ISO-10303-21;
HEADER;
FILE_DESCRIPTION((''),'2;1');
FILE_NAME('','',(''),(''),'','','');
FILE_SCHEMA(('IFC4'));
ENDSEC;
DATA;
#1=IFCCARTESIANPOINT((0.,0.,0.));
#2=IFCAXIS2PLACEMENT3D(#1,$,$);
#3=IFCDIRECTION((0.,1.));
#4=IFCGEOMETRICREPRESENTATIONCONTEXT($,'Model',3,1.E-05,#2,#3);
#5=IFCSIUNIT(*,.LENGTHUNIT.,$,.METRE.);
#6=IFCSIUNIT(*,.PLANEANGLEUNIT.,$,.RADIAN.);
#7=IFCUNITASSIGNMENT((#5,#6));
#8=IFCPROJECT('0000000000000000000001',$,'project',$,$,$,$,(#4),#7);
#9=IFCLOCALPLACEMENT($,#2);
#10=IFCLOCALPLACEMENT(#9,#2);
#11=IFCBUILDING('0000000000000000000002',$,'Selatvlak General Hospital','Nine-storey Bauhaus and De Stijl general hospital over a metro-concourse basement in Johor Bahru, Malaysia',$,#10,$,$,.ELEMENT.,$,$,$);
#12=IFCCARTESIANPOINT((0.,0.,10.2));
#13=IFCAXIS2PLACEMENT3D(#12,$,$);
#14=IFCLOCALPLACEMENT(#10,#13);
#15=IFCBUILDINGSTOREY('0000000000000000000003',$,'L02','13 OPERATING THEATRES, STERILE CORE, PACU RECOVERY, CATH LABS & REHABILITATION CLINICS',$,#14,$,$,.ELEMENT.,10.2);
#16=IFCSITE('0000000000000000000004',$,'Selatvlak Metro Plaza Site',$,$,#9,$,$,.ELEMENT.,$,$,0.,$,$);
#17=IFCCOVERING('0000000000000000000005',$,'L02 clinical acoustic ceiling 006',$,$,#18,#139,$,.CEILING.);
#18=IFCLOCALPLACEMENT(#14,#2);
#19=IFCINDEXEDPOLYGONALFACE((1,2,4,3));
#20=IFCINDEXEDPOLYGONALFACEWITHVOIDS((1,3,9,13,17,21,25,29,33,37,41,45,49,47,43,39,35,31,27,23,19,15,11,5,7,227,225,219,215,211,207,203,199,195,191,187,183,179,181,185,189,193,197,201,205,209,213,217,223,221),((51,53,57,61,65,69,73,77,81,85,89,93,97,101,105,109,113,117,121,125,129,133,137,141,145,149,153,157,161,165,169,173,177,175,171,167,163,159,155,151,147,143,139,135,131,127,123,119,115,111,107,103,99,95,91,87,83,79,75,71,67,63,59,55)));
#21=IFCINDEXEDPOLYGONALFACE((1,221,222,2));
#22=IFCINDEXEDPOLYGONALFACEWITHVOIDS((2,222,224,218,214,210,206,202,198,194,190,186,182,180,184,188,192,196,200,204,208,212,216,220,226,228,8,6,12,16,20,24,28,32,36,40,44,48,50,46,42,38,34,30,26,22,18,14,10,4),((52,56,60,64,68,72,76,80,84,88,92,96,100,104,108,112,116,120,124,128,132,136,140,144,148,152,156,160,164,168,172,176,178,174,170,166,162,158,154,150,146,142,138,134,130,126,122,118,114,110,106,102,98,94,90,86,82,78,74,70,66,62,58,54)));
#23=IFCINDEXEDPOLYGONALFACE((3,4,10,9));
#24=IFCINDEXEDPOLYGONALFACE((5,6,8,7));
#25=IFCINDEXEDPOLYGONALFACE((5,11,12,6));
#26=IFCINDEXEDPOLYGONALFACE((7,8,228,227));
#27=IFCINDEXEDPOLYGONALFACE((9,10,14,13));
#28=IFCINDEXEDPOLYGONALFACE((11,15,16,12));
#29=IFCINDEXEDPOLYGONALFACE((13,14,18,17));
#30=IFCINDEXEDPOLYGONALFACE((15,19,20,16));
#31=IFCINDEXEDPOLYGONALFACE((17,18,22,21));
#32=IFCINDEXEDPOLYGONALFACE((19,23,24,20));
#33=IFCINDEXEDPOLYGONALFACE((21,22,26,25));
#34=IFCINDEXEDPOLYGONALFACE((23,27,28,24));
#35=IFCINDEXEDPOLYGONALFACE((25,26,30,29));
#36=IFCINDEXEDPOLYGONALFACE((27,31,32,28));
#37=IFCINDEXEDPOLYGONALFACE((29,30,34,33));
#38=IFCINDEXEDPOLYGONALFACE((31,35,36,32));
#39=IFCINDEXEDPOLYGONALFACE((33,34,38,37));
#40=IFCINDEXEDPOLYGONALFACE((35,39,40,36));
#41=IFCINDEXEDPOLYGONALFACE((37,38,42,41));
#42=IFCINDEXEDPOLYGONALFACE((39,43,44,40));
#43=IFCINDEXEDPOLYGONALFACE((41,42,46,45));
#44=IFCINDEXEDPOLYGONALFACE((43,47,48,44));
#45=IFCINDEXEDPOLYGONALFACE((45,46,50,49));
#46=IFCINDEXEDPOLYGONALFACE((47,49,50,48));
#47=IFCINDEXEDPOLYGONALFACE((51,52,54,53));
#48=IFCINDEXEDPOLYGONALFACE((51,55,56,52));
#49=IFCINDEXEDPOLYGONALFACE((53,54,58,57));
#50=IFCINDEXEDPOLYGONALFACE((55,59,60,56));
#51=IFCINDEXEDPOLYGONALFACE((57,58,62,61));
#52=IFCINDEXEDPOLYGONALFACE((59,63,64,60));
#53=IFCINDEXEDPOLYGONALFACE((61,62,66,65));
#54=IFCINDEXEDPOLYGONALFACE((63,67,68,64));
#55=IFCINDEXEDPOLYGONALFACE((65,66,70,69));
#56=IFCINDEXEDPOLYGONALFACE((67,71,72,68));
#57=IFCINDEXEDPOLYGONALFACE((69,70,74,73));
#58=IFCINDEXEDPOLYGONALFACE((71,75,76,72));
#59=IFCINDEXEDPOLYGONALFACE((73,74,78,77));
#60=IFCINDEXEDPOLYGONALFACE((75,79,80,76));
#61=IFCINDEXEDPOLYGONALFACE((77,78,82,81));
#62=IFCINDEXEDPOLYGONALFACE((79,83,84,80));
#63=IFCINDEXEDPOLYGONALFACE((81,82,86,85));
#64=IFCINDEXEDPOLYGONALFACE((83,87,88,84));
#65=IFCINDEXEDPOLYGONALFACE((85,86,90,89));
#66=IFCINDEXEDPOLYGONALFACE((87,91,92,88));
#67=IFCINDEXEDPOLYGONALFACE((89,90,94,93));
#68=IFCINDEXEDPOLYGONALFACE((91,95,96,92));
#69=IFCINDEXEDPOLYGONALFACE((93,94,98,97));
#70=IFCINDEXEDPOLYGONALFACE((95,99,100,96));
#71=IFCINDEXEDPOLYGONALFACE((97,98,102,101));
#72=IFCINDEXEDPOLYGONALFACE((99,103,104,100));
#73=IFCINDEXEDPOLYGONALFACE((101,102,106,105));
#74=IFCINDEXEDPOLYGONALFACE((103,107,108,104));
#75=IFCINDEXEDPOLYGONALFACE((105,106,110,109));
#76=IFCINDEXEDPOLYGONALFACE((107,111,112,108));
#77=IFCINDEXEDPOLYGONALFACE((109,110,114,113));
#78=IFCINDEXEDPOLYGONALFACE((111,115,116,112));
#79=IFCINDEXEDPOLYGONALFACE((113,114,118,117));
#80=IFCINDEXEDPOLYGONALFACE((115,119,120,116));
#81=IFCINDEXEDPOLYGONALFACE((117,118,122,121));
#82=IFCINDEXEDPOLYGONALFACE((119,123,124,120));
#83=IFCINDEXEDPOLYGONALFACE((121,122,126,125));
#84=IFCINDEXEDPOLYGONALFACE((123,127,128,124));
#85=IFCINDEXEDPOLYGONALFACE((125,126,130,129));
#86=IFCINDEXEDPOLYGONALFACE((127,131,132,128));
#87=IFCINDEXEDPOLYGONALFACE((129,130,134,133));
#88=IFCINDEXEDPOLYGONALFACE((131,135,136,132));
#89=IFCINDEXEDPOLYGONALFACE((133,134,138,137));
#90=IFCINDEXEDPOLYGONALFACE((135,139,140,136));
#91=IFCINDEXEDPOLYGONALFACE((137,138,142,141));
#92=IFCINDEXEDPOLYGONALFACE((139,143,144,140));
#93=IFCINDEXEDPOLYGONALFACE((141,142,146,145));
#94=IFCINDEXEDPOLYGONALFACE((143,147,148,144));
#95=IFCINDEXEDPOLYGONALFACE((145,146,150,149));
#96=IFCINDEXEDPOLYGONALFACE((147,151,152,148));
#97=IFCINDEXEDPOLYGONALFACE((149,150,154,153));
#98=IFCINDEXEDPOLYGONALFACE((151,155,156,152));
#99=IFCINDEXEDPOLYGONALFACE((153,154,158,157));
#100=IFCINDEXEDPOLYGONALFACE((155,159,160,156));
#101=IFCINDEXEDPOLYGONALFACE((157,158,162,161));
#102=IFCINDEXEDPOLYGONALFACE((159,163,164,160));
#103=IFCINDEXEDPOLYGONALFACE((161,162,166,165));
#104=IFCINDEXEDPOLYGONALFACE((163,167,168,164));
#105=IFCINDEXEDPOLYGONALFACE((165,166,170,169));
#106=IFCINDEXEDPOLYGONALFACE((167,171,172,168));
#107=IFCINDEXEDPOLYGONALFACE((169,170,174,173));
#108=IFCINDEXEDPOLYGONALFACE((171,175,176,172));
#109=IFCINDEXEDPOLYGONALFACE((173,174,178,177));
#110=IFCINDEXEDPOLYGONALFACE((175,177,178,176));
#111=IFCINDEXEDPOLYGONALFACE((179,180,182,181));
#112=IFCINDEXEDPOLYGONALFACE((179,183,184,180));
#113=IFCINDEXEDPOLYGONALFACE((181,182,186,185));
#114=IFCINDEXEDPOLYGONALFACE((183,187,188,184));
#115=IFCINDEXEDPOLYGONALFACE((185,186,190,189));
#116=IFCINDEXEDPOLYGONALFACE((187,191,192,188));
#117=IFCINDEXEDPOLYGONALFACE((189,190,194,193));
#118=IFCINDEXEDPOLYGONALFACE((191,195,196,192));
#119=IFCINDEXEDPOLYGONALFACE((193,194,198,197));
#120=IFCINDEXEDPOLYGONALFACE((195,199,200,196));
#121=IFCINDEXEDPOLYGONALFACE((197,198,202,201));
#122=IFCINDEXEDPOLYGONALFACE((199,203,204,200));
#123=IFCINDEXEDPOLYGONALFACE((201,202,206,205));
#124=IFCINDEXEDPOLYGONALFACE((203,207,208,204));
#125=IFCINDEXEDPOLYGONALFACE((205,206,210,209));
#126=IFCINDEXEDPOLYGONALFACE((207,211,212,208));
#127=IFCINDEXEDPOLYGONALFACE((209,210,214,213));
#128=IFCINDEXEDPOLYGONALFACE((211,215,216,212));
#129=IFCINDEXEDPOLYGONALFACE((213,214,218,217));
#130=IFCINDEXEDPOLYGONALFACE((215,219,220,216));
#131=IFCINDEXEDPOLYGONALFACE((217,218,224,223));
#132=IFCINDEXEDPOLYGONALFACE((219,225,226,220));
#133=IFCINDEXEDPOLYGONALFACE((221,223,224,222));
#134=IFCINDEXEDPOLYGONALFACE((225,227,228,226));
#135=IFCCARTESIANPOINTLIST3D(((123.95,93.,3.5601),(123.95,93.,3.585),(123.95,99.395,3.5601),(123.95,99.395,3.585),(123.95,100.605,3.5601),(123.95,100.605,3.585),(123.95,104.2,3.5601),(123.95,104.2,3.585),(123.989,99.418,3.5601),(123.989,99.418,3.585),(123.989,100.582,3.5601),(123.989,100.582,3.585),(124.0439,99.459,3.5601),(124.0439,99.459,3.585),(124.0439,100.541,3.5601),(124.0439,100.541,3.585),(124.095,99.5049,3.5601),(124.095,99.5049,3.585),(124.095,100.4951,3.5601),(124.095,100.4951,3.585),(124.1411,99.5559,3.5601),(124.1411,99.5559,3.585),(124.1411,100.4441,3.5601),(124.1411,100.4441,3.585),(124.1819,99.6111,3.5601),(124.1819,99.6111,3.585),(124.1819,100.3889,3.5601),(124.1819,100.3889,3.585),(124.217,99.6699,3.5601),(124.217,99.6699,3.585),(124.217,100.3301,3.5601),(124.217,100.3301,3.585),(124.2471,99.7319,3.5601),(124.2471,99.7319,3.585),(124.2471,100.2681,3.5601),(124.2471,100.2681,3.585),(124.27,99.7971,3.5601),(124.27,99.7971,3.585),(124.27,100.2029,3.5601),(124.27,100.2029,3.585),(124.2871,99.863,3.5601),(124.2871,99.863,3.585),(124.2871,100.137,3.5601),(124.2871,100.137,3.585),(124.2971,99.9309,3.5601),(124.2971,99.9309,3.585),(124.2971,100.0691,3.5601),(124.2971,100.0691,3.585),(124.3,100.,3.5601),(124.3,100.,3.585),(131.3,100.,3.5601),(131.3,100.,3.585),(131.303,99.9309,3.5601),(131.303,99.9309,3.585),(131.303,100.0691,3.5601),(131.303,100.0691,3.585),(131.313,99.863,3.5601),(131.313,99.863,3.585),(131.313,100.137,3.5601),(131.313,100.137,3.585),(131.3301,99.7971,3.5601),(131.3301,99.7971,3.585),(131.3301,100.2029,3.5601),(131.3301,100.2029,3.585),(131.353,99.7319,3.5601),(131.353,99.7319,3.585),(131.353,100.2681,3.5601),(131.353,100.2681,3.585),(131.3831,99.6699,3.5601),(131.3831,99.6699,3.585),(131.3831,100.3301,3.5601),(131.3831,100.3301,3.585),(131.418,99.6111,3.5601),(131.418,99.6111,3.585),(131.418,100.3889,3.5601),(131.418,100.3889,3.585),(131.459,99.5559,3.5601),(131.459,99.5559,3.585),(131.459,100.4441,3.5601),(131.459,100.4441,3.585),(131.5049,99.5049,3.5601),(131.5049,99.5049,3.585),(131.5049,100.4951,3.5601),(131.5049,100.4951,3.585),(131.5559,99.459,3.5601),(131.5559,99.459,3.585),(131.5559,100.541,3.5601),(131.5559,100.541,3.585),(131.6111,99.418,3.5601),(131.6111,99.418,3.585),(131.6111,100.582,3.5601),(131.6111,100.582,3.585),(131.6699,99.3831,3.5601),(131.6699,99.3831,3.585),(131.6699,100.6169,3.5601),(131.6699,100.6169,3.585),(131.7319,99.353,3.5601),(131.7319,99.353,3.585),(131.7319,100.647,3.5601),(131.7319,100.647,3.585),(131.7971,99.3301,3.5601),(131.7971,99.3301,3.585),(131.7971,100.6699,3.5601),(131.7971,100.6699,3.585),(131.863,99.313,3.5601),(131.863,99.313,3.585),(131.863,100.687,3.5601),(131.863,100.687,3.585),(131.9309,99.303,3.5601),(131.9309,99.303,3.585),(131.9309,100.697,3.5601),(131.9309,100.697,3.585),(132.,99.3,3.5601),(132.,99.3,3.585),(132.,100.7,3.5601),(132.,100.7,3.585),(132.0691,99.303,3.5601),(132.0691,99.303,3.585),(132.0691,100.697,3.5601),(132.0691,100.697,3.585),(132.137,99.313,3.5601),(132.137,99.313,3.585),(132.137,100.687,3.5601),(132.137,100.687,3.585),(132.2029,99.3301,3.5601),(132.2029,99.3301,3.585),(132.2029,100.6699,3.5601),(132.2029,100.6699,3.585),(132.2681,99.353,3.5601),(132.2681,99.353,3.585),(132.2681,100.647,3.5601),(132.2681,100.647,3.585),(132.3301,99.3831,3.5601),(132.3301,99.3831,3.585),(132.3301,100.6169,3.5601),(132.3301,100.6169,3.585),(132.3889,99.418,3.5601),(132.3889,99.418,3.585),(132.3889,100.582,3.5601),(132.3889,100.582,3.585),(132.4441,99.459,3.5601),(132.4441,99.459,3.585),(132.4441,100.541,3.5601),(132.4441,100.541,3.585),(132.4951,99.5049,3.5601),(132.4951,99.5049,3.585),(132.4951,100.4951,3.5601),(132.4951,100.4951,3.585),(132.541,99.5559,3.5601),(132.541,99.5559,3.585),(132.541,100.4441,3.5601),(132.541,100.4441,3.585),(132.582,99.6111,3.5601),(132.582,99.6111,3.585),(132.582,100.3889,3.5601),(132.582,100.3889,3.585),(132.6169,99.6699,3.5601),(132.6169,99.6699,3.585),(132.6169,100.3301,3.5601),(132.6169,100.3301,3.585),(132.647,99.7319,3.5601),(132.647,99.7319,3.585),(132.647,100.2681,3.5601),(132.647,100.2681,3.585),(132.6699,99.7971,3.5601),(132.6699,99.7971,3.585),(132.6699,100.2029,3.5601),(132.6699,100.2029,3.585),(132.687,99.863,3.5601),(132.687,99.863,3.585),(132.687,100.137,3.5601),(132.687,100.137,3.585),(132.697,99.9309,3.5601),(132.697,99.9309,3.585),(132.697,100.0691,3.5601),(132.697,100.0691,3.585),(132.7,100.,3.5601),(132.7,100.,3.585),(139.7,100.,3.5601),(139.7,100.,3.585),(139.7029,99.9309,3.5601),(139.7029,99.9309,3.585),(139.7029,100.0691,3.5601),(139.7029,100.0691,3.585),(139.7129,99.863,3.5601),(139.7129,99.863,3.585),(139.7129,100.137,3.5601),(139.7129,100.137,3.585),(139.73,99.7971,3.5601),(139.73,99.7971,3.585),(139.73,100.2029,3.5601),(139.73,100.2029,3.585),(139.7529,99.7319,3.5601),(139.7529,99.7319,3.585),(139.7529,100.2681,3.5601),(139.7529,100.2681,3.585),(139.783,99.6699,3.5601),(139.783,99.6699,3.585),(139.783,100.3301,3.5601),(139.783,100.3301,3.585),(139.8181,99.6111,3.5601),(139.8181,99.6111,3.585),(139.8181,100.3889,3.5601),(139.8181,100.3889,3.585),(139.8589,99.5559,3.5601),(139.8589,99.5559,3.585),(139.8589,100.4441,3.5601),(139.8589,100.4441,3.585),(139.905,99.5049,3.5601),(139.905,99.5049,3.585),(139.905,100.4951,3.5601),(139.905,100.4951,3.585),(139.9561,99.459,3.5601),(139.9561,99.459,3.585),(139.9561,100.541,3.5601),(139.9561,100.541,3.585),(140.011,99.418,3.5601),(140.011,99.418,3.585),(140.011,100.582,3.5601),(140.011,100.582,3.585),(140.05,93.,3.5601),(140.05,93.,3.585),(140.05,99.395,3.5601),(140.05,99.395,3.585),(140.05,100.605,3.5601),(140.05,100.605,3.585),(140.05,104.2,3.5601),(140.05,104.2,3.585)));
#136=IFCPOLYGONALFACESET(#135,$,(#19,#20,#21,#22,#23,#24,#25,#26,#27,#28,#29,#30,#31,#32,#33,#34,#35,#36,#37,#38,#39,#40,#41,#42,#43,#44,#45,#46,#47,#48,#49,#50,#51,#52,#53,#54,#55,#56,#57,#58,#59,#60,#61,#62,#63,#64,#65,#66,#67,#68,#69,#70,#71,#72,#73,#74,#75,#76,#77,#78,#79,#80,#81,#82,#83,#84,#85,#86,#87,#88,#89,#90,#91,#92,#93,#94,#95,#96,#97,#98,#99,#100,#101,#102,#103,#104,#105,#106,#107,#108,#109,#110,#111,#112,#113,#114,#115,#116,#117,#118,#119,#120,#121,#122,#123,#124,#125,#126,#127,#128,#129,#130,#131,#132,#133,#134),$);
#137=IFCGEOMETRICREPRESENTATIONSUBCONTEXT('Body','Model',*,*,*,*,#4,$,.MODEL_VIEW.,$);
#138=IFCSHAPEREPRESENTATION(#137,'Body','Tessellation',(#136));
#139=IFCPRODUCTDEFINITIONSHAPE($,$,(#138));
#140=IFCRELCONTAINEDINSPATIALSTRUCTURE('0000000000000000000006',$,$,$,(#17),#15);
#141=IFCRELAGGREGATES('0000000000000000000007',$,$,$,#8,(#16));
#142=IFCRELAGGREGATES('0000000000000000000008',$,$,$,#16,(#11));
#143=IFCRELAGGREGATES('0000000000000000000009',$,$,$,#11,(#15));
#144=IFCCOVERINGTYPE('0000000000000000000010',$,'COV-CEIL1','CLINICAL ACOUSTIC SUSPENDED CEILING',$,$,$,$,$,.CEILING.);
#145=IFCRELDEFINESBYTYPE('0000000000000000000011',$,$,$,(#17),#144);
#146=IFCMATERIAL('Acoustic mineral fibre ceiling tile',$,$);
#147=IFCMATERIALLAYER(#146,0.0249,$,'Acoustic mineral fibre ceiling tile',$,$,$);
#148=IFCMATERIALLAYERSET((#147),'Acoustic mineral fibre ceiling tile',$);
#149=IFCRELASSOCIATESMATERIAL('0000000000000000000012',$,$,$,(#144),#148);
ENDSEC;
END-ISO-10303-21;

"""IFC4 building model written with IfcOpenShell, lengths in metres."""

from ifc_helpers import new_model, si_unit, direction, frame, origin, place, context, subcontext, project, spatial, polyline, outline, extrude, material, layer, layer_set, type_object, element, save


model = new_model("IFC4")

# Units and contexts
model_context = context("Model", 3, precision=1e-05, world=origin(), true_north=direction((0.0, 1.0)))
body_context = subcontext(model_context, "Body", "Model", "MODEL_VIEW")
ifc_project = project(units=[si_unit("LENGTHUNIT", "METRE"), si_unit("PLANEANGLEUNIT", "RADIAN")], contexts=[model_context])

# Site, building, storey
site_placement = place(None, origin())
site = spatial("IfcSite", under=ifc_project, at=site_placement, Name="Selatvlak Metro Plaza Site", CompositionType="ELEMENT", RefElevation=0.0)
building_placement = place(site_placement, origin())
building = spatial("IfcBuilding", under=site, at=building_placement, Name="Selatvlak General Hospital", Description="Nine-storey Bauhaus and De Stijl general hospital over a metro-concourse basement in Johor Bahru, Malaysia", CompositionType="ELEMENT")
storey_placement = place(building_placement, frame((0.0, 0.0, 10.2)))
storey = spatial("IfcBuildingStorey", under=building, at=storey_placement, Name="L02", Description="13 OPERATING THEATRES, STERILE CORE, PACU RECOVERY, CATH LABS & REHABILITATION CLINICS", CompositionType="ELEMENT", Elevation=10.2)

# Covering
ifc_material_1 = material(Name="Acoustic mineral fibre ceiling tile")
ifc_layer_1 = layer(ifc_material_1, 0.0249, Name="Acoustic mineral fibre ceiling tile")
ifc_layer_set_1 = layer_set([ifc_layer_1], Name="Acoustic mineral fibre ceiling tile")
covering_type_1 = type_object("IfcCoveringType", Name="COV-CEIL1", Description="CLINICAL ACOUSTIC SUSPENDED CEILING", PredefinedType="CEILING", material=ifc_layer_set_1)
covering_1_placement = place(storey_placement, frame((0.0, 0.0, 3.5601)))
element("IfcCovering", 1, at=covering_1_placement, inside=storey, type_object=covering_type_1, Name="L02 clinical acoustic ceiling 006", PredefinedType="CEILING", context=body_context, shape_type="SweptSolid", body=[
    extrude(outline(polyline([(140.05, 104.2), (140.05, 100.605), (140.011, 100.582), (139.9561, 100.541), (139.905, 100.4951), (139.8589, 100.4441), (139.8181, 100.3889), (139.783, 100.3301), (139.7529, 100.2681), (139.73, 100.2029), (139.7129, 100.137), (139.7029, 100.0691), (139.7, 100.0), (139.7029, 99.9309), (139.7129, 99.863), (139.73, 99.7971), (139.7529, 99.7319), (139.783, 99.6699), (139.8181, 99.6111), (139.8589, 99.5559), (139.905, 99.5049), (139.9561, 99.459), (140.011, 99.418), (140.05, 99.395), (140.05, 93.0), (123.95, 93.0), (123.95, 99.395), (123.989, 99.418), (124.0439, 99.459), (124.095, 99.5049), (124.1411, 99.5559), (124.1819, 99.6111), (124.217, 99.6699), (124.2471, 99.7319), (124.27, 99.7971), (124.2871, 99.863), (124.2971, 99.9309), (124.3, 100.0), (124.2971, 100.0691), (124.2871, 100.137), (124.27, 100.2029), (124.2471, 100.2681), (124.217, 100.3301), (124.1819, 100.3889), (124.1411, 100.4441), (124.095, 100.4951), (124.0439, 100.541), (123.989, 100.582), (123.95, 100.605), (123.95, 104.2), (140.05, 104.2)]), holes=[polyline([(132.4951, 99.5049), (132.541, 99.5559), (132.582, 99.6111), (132.6169, 99.6699), (132.647, 99.7319), (132.6699, 99.7971), (132.687, 99.863), (132.697, 99.9309), (132.7, 100.0), (132.697, 100.0691), (132.687, 100.137), (132.6699, 100.2029), (132.647, 100.2681), (132.6169, 100.3301), (132.582, 100.3889), (132.541, 100.4441), (132.4951, 100.4951), (132.4441, 100.541), (132.3889, 100.582), (132.3301, 100.6169), (132.2681, 100.647), (132.2029, 100.6699), (132.137, 100.687), (132.0691, 100.697), (132.0, 100.7), (131.9309, 100.697), (131.863, 100.687), (131.7971, 100.6699), (131.7319, 100.647), (131.6699, 100.6169), (131.6111, 100.582), (131.5559, 100.541), (131.5049, 100.4951), (131.459, 100.4441), (131.418, 100.3889), (131.3831, 100.3301), (131.353, 100.2681), (131.3301, 100.2029), (131.313, 100.137), (131.303, 100.0691), (131.3, 100.0), (131.303, 99.9309), (131.313, 99.863), (131.3301, 99.7971), (131.353, 99.7319), (131.3831, 99.6699), (131.418, 99.6111), (131.459, 99.5559), (131.5049, 99.5049), (131.5559, 99.459), (131.6111, 99.418), (131.6699, 99.3831), (131.7319, 99.353), (131.7971, 99.3301), (131.863, 99.313), (131.9309, 99.303), (132.0, 99.3), (132.0691, 99.303), (132.137, 99.313), (132.2029, 99.3301), (132.2681, 99.353), (132.3301, 99.3831), (132.3889, 99.418), (132.4441, 99.459), (132.4951, 99.5049)])]), origin(), (0.0, 0.0, 1.0), 0.0249),
])

save(model, "model.ifc")
